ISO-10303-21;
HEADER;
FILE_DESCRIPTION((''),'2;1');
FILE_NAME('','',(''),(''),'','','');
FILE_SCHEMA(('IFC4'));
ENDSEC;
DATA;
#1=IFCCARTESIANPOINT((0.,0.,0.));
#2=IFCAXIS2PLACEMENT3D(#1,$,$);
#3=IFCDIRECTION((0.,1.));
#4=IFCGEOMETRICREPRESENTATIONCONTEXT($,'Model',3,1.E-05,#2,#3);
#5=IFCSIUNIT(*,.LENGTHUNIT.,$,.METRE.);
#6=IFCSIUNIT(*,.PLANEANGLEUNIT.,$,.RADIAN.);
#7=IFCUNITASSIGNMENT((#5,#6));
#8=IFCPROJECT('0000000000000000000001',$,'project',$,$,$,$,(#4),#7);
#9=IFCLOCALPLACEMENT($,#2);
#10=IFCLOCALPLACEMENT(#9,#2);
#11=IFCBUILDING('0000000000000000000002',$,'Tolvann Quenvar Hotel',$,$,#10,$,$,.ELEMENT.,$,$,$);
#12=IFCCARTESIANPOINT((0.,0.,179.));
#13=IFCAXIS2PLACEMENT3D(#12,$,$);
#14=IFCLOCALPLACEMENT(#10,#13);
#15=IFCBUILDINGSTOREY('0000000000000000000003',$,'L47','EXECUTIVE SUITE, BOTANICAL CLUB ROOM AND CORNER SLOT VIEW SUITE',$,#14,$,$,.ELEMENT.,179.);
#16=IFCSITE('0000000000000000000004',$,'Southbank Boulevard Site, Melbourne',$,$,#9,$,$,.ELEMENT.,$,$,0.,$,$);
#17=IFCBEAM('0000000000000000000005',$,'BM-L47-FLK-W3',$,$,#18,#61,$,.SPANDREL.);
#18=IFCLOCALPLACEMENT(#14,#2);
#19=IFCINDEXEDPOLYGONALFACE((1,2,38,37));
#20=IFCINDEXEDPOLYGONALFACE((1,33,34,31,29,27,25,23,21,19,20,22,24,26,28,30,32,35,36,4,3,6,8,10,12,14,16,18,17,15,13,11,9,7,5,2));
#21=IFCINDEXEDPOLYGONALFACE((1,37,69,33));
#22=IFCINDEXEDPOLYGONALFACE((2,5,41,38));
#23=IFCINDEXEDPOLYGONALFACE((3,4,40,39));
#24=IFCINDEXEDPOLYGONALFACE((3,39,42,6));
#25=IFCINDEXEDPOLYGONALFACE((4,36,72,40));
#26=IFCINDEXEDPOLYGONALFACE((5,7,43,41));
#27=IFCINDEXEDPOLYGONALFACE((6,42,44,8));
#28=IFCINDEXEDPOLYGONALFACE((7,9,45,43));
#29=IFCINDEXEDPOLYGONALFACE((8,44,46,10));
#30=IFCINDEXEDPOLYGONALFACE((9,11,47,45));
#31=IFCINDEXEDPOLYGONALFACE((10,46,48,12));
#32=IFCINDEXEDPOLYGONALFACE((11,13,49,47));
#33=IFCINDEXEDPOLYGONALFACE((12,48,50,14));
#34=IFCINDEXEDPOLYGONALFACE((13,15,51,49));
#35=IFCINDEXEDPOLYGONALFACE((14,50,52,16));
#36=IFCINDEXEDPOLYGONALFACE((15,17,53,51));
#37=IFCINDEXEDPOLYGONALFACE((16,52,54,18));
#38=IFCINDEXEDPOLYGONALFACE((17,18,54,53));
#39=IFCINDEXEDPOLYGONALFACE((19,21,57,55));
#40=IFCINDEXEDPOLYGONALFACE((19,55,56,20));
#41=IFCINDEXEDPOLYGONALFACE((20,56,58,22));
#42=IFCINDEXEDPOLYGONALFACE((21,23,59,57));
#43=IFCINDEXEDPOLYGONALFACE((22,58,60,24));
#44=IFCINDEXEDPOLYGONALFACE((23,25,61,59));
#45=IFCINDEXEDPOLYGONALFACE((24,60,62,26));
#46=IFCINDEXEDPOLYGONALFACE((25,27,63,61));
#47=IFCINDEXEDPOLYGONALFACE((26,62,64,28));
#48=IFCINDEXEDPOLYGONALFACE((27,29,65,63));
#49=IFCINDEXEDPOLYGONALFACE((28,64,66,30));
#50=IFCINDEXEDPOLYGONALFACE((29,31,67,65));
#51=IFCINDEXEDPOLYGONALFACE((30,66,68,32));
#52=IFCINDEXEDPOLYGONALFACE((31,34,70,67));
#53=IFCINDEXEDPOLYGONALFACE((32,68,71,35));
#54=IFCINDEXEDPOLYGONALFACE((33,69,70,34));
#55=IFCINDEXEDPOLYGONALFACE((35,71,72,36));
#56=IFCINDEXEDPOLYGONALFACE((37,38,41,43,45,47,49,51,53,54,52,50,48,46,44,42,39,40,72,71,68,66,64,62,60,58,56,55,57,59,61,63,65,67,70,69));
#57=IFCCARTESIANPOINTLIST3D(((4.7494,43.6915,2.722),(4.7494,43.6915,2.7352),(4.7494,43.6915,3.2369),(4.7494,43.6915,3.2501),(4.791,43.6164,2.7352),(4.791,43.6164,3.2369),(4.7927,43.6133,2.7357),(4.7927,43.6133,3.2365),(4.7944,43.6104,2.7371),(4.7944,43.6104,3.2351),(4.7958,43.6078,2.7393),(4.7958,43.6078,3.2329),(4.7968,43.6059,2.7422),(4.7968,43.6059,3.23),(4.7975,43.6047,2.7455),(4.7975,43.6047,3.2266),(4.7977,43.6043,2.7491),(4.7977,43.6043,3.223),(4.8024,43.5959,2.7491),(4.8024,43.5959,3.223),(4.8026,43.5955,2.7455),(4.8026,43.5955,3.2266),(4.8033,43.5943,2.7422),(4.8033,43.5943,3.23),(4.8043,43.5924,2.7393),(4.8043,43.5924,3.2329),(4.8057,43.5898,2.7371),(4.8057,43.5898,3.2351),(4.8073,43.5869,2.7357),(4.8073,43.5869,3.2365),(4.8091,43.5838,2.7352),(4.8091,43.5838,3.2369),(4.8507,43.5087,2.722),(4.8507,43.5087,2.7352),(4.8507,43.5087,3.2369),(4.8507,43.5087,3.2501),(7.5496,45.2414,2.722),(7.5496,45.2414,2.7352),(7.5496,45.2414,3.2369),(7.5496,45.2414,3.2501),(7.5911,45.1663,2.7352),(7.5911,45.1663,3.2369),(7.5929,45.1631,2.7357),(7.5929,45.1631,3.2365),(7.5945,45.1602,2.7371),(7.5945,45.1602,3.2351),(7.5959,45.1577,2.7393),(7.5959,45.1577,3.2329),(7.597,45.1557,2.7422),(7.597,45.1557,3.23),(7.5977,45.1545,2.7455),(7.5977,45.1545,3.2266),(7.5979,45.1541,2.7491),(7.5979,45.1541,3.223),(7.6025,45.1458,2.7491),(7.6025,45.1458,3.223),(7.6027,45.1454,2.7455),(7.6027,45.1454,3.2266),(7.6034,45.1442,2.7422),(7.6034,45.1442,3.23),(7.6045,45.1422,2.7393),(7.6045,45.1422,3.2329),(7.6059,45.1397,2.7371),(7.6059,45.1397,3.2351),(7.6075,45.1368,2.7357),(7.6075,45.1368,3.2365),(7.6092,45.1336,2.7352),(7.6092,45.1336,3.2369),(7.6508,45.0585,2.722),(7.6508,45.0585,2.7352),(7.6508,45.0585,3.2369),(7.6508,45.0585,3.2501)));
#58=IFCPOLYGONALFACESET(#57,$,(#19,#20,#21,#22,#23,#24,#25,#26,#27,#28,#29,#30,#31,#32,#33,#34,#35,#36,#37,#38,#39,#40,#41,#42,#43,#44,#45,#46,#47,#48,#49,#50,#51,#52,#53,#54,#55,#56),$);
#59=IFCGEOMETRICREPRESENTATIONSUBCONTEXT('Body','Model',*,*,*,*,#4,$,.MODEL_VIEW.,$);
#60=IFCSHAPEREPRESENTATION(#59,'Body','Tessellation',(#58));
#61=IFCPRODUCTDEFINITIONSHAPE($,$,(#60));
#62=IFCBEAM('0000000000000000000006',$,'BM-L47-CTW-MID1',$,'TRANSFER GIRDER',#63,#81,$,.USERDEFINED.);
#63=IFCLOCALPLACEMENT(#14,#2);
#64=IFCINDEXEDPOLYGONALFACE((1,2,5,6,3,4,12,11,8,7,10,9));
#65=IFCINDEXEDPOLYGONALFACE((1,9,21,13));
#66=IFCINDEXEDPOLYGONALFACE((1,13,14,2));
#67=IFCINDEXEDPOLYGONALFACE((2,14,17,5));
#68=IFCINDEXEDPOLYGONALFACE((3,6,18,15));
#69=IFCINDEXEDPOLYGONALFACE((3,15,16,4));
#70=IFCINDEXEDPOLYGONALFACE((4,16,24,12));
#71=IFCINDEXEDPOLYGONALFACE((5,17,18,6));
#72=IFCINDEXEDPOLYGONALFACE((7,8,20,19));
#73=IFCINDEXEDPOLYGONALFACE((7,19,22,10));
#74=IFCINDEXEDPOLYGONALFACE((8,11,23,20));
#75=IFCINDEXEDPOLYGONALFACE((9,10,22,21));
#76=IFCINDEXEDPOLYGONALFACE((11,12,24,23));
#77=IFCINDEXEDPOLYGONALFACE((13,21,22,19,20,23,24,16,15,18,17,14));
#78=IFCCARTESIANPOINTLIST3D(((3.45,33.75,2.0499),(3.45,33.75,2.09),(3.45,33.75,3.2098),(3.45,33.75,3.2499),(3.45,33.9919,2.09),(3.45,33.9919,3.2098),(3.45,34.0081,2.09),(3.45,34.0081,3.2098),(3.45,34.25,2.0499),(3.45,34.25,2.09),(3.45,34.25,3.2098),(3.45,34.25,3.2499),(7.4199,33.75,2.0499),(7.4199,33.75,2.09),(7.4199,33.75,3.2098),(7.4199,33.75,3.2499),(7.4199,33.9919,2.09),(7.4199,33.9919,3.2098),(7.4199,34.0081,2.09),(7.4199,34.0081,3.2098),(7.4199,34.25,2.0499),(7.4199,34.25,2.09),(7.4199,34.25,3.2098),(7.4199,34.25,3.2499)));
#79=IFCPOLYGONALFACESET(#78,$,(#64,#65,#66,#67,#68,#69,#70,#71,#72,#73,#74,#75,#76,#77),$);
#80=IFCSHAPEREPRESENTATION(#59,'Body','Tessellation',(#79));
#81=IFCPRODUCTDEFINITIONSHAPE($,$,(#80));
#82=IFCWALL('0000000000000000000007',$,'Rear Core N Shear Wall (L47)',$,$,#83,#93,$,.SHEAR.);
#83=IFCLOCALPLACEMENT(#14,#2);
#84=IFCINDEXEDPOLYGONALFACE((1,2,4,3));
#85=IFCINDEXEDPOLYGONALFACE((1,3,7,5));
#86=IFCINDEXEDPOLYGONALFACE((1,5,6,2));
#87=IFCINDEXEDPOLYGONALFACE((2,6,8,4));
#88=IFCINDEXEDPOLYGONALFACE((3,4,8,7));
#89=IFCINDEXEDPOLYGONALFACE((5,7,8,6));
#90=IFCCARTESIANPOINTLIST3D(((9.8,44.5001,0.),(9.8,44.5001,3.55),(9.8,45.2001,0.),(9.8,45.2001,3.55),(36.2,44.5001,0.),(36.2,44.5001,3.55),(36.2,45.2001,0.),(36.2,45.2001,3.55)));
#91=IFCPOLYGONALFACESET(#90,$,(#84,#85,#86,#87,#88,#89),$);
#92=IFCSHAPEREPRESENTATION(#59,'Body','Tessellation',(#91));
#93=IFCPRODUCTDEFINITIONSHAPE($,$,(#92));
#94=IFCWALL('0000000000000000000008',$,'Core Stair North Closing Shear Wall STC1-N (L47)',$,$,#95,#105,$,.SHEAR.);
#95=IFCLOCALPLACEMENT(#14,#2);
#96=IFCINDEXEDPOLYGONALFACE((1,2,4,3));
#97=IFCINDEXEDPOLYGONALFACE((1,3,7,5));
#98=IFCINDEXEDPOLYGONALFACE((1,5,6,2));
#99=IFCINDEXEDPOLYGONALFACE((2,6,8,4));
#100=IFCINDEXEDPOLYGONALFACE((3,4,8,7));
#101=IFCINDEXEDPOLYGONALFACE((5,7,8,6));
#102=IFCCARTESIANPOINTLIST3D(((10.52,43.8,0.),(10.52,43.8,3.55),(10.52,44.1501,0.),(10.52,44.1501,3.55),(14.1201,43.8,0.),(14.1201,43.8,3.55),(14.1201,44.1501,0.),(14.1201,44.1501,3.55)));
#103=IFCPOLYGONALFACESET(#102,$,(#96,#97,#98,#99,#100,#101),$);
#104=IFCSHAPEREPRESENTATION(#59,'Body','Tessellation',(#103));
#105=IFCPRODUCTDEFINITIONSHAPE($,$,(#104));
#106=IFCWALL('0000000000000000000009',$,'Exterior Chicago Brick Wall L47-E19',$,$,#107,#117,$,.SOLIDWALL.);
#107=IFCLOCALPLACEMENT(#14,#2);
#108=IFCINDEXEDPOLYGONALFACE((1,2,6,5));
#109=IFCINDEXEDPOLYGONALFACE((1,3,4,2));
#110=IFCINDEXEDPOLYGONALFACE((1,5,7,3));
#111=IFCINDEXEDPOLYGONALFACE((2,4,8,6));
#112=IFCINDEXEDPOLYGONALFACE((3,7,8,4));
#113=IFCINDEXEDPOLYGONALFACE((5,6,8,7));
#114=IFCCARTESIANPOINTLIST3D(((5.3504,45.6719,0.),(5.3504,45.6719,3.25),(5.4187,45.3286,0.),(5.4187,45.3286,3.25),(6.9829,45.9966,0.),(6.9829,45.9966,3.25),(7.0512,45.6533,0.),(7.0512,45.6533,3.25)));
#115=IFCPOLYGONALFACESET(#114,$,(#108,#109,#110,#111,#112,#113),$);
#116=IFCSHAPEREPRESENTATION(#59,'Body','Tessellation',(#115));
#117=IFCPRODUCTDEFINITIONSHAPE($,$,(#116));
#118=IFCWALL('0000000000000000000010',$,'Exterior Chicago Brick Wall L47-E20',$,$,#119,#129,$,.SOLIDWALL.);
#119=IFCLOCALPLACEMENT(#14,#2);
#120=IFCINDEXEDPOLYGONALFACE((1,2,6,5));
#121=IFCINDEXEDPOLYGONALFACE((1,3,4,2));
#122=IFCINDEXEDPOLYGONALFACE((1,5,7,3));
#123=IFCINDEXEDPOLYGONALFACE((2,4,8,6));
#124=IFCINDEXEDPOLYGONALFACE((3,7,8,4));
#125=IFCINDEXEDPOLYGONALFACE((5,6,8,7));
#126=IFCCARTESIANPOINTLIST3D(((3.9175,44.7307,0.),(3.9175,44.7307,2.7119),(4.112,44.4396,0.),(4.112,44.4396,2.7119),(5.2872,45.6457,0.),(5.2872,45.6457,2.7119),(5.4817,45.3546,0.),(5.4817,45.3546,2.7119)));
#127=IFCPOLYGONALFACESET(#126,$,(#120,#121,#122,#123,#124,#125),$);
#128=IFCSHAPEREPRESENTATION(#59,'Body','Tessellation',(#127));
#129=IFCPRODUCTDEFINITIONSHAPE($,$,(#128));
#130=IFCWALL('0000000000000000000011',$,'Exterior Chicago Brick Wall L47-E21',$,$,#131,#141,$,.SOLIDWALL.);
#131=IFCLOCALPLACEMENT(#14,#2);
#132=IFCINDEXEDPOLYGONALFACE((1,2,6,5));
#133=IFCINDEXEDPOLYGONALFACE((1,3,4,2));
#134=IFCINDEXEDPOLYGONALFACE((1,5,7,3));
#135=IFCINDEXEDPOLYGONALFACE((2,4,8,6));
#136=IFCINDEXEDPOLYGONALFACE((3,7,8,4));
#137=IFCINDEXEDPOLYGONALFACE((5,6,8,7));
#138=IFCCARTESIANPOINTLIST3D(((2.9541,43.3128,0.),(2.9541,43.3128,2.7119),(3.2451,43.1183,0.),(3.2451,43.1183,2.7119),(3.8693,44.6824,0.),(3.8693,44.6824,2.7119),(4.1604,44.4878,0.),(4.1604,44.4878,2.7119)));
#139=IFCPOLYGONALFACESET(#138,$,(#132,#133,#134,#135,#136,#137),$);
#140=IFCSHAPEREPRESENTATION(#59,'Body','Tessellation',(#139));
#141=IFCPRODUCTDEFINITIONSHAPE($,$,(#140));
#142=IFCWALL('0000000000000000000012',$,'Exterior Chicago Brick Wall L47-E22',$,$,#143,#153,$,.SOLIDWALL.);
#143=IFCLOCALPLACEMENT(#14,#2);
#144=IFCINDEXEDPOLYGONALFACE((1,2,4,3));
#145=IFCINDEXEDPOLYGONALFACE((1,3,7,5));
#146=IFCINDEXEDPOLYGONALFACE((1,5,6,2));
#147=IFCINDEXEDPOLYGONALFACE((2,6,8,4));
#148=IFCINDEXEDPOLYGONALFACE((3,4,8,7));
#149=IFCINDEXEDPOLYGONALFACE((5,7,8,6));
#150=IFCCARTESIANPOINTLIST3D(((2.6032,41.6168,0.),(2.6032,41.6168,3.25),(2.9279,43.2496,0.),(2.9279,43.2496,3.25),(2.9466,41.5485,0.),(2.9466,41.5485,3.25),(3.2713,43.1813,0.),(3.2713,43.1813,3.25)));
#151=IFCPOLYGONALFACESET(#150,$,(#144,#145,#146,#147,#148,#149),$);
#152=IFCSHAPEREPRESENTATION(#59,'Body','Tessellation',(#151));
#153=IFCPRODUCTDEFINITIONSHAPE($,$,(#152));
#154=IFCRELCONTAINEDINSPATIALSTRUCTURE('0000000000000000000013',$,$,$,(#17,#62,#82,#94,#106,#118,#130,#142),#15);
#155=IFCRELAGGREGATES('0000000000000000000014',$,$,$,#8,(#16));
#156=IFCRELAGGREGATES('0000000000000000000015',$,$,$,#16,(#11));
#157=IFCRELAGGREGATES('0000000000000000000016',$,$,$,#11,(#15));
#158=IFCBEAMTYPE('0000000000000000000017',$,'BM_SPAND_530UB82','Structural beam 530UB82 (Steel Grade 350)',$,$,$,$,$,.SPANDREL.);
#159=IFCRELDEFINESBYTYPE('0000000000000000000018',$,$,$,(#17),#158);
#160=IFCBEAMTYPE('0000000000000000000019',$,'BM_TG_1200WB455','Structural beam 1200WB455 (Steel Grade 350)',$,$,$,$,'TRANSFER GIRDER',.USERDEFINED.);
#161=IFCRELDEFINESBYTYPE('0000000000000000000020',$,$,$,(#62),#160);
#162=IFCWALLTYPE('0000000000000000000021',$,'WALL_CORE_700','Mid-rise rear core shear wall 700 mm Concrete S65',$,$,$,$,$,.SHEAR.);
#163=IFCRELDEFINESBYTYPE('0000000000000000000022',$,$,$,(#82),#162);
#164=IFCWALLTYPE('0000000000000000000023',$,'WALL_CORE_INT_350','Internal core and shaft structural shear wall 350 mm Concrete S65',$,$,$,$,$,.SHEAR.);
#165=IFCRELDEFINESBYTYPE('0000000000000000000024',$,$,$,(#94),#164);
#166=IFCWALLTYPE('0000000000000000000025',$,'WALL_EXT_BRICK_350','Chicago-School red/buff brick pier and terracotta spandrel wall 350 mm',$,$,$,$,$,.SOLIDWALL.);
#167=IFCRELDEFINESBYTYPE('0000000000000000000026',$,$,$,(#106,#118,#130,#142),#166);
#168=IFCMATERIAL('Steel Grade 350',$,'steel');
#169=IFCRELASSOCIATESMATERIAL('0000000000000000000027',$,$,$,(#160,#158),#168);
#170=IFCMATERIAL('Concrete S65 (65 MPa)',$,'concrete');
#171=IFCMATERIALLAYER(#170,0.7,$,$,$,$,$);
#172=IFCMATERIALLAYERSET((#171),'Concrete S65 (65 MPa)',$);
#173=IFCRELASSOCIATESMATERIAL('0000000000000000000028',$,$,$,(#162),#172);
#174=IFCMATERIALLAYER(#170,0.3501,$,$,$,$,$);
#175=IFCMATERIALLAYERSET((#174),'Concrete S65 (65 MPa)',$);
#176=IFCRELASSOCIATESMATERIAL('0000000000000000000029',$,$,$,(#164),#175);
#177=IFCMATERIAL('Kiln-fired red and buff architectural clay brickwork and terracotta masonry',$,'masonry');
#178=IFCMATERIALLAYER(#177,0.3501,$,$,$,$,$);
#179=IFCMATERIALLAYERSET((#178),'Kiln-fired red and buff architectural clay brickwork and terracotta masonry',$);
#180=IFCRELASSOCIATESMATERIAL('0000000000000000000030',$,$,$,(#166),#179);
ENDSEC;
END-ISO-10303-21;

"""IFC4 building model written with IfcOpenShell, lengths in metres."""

from ifc_helpers import new_model, si_unit, direction, frame, frame_2d, origin, origin_2d, place, context, subcontext, project, spatial, rectangle, i_section, extrude, source, transform, mapped, material, layer, layer_set, material_profile, profile_set, type_object, element, save


model = new_model("IFC4")

# Units and contexts
model_context = context("Model", 3, precision=1e-05, world=origin(), true_north=direction((0.0, 1.0)))
body_context = subcontext(model_context, "Body", "Model", "MODEL_VIEW")
ifc_project = project(units=[si_unit("LENGTHUNIT", "METRE"), si_unit("PLANEANGLEUNIT", "RADIAN")], contexts=[model_context])

# Site, building, storey
site_placement = place(None, origin())
site = spatial("IfcSite", under=ifc_project, at=site_placement, Name="Southbank Boulevard Site, Melbourne", CompositionType="ELEMENT", RefElevation=0.0)
building_placement = place(site_placement, origin())
building = spatial("IfcBuilding", under=site, at=building_placement, Name="Tolvann Quenvar Hotel", CompositionType="ELEMENT")
storey_placement = place(building_placement, frame((0.0, 0.0, 179.0)))
storey = spatial("IfcBuildingStorey", under=building, at=storey_placement, Name="L47", Description="EXECUTIVE SUITE, BOTANICAL CLUB ROOM AND CORNER SLOT VIEW SUITE", CompositionType="ELEMENT", Elevation=179.0)

# Beams
ifc_material_1 = material(Name="Steel Grade 350", Category="steel")
ifc_material_profile_1 = material_profile(ifc_material_1, i_section(OverallWidth=0.5, OverallDepth=1.2, WebThickness=0.0161, FlangeThickness=0.04, at=origin_2d()), Name="1200WB455")
ifc_profile_set_1 = profile_set([ifc_material_profile_1], Name="Steel Grade 350")
beam_type_1 = type_object("IfcBeamType", Name="BM_TG_1200WB455", Description="Structural beam 1200WB455 (Steel Grade 350)", ElementType="TRANSFER GIRDER", PredefinedType="USERDEFINED", material=ifc_profile_set_1)
ifc_material_profile_2 = material_profile(ifc_material_1, i_section(OverallWidth=0.209, OverallDepth=0.5281, WebThickness=0.0095, FlangeThickness=0.0132, FilletRadius=0.0139, at=origin_2d()), Name="530UB82")
ifc_profile_set_2 = profile_set([ifc_material_profile_2], Name="Steel Grade 350")
beam_type_2 = type_object("IfcBeamType", Name="BM_SPAND_530UB82", Description="Structural beam 530UB82 (Steel Grade 350)", PredefinedType="SPANDREL", material=ifc_profile_set_2)
shared_shape_1 = source(origin(), body_context, "Body", "SweptSolid", [
    extrude(i_section(OverallWidth=0.209, OverallDepth=0.5281, WebThickness=0.0095, FlangeThickness=0.0132, FilletRadius=0.0139, at=origin_2d()), origin(), (0.0, 0.0, 1.0), 3.2004),
])
beam_1_placement = place(storey_placement, frame((4.8, 43.6001, 2.9861), z_axis=(0.874923, 0.484263, 0.0), x_axis=(-0.484263, 0.874923, 0.0)))
element("IfcBeam", 1, at=beam_1_placement, inside=storey, type_object=beam_type_2, Name="BM-L47-FLK-W3", PredefinedType="SPANDREL", context=body_context, shape_type="MappedRepresentation", body=[
    mapped(shared_shape_1, transform((0.0, 0.0, 0.0), x_axis=(1.0, 0.0, 0.0), y_axis=(0.0, 1.0, 0.0), z_axis=(0.0, 0.0, 1.0), scale=1.0)),
])
shared_shape_2 = source(origin(), body_context, "Body", "SweptSolid", [
    extrude(i_section(OverallWidth=0.5, OverallDepth=1.2, WebThickness=0.0161, FlangeThickness=0.04, at=origin_2d()), origin(), (0.0, 0.0, 1.0), 3.97),
])
beam_2_placement = place(storey_placement, frame((3.45, 34.0, 2.6499), z_axis=(1.0, 0.0, 0.0), x_axis=(0.0, 1.0, 0.0)))
element("IfcBeam", 2, at=beam_2_placement, inside=storey, type_object=beam_type_1, Name="BM-L47-CTW-MID1", ObjectType="TRANSFER GIRDER", PredefinedType="USERDEFINED", context=body_context, shape_type="MappedRepresentation", body=[
    mapped(shared_shape_2, transform((0.0, 0.0, 0.0), x_axis=(1.0, 0.0, 0.0), y_axis=(0.0, 1.0, 0.0), z_axis=(0.0, 0.0, 1.0), scale=1.0)),
])

# Walls
ifc_material_2 = material(Name="Concrete S65 (65 MPa)", Category="concrete")
ifc_layer_1 = layer(ifc_material_2, 0.7)
ifc_layer_set_1 = layer_set([ifc_layer_1], Name="Concrete S65 (65 MPa)")
wall_type_1 = type_object("IfcWallType", Name="WALL_CORE_700", Description="Mid-rise rear core shear wall 700 mm Concrete S65", PredefinedType="SHEAR", material=ifc_layer_set_1)
wall_1_placement = place(storey_placement, frame((9.8, 44.8501, 0.0), z_axis=(0.0, 0.0, 1.0), x_axis=(1.0, 0.0, 0.0)))
element("IfcWall", 3, at=wall_1_placement, inside=storey, type_object=wall_type_1, Name="Rear Core N Shear Wall (L47)", PredefinedType="SHEAR", context=body_context, shape_type="SweptSolid", body=[
    extrude(rectangle(XDim=26.3999, YDim=0.7, at=frame_2d((13.2, 0.0))), origin(), (0.0, 0.0, 1.0), 3.55),
])
ifc_layer_2 = layer(ifc_material_2, 0.3501)
ifc_layer_set_2 = layer_set([ifc_layer_2], Name="Concrete S65 (65 MPa)")
wall_type_2 = type_object("IfcWallType", Name="WALL_CORE_INT_350", Description="Internal core and shaft structural shear wall 350 mm Concrete S65", PredefinedType="SHEAR", material=ifc_layer_set_2)
wall_2_placement = place(storey_placement, frame((10.52, 43.9751, 0.0), z_axis=(0.0, 0.0, 1.0), x_axis=(1.0, 0.0, 0.0)))
element("IfcWall", 4, at=wall_2_placement, inside=storey, type_object=wall_type_2, Name="Core Stair North Closing Shear Wall STC1-N (L47)", PredefinedType="SHEAR", context=body_context, shape_type="SweptSolid", body=[
    extrude(rectangle(XDim=3.6001, YDim=0.3501, at=frame_2d((1.8, 0.0))), origin(), (0.0, 0.0, 1.0), 3.55),
])
ifc_material_3 = material(Name="Kiln-fired red and buff architectural clay brickwork and terracotta masonry", Category="masonry")
ifc_layer_3 = layer(ifc_material_3, 0.3501)
ifc_layer_set_3 = layer_set([ifc_layer_3], Name="Kiln-fired red and buff architectural clay brickwork and terracotta masonry")
wall_type_3 = type_object("IfcWallType", Name="WALL_EXT_BRICK_350", Description="Chicago-School red/buff brick pier and terracotta spandrel wall 350 mm", PredefinedType="SOLIDWALL", material=ifc_layer_set_3)
wall_3_placement = place(storey_placement, frame((7.0171, 45.825, 0.0), z_axis=(0.0, 0.0, 1.0), x_axis=(-0.980789, -0.195072, 0.0)))
element("IfcWall", 5, at=wall_3_placement, inside=storey, type_object=wall_type_3, Name="Exterior Chicago Brick Wall L47-E19", PredefinedType="SOLIDWALL", context=body_context, shape_type="SweptSolid", body=[
    extrude(rectangle(XDim=1.6646, YDim=0.3501, at=frame_2d((0.8323, 0.0))), origin(), (0.0, 0.0, 1.0), 3.25),
])
for number, where, z_axis, x_axis, name in (
    (6, (5.3845, 45.5002, 0.0), (0.0, 0.0, 1.0), (-0.831503, -0.555521, 0.0), "Exterior Chicago Brick Wall L47-E20"),
    (7, (4.0149, 44.5852, 0.0), (0.0, 0.0, 1.0), (-0.555623, -0.831434, 0.0), "Exterior Chicago Brick Wall L47-E21"),
):
    element("IfcWall", number, at=place(storey_placement, frame(where, z_axis=z_axis, x_axis=x_axis)), inside=storey, type_object=wall_type_3, Name=name, PredefinedType="SOLIDWALL", context=body_context, shape_type="SweptSolid", body=[
        extrude(rectangle(XDim=1.6472, YDim=0.3501, at=frame_2d((0.8237, 0.0))), origin(), (0.0, 0.0, 1.0), 2.7119),
    ])
wall_4_placement = place(storey_placement, frame((3.0996, 43.2156, 0.0), z_axis=(0.0, 0.0, 1.0), x_axis=(-0.195044, -0.980794, 0.0)))
element("IfcWall", 8, at=wall_4_placement, inside=storey, type_object=wall_type_3, Name="Exterior Chicago Brick Wall L47-E22", PredefinedType="SOLIDWALL", context=body_context, shape_type="SweptSolid", body=[
    extrude(rectangle(XDim=1.6648, YDim=0.3501, at=frame_2d((0.8325, 0.0))), origin(), (0.0, 0.0, 1.0), 3.25),
])

save(model, "model.ifc")
